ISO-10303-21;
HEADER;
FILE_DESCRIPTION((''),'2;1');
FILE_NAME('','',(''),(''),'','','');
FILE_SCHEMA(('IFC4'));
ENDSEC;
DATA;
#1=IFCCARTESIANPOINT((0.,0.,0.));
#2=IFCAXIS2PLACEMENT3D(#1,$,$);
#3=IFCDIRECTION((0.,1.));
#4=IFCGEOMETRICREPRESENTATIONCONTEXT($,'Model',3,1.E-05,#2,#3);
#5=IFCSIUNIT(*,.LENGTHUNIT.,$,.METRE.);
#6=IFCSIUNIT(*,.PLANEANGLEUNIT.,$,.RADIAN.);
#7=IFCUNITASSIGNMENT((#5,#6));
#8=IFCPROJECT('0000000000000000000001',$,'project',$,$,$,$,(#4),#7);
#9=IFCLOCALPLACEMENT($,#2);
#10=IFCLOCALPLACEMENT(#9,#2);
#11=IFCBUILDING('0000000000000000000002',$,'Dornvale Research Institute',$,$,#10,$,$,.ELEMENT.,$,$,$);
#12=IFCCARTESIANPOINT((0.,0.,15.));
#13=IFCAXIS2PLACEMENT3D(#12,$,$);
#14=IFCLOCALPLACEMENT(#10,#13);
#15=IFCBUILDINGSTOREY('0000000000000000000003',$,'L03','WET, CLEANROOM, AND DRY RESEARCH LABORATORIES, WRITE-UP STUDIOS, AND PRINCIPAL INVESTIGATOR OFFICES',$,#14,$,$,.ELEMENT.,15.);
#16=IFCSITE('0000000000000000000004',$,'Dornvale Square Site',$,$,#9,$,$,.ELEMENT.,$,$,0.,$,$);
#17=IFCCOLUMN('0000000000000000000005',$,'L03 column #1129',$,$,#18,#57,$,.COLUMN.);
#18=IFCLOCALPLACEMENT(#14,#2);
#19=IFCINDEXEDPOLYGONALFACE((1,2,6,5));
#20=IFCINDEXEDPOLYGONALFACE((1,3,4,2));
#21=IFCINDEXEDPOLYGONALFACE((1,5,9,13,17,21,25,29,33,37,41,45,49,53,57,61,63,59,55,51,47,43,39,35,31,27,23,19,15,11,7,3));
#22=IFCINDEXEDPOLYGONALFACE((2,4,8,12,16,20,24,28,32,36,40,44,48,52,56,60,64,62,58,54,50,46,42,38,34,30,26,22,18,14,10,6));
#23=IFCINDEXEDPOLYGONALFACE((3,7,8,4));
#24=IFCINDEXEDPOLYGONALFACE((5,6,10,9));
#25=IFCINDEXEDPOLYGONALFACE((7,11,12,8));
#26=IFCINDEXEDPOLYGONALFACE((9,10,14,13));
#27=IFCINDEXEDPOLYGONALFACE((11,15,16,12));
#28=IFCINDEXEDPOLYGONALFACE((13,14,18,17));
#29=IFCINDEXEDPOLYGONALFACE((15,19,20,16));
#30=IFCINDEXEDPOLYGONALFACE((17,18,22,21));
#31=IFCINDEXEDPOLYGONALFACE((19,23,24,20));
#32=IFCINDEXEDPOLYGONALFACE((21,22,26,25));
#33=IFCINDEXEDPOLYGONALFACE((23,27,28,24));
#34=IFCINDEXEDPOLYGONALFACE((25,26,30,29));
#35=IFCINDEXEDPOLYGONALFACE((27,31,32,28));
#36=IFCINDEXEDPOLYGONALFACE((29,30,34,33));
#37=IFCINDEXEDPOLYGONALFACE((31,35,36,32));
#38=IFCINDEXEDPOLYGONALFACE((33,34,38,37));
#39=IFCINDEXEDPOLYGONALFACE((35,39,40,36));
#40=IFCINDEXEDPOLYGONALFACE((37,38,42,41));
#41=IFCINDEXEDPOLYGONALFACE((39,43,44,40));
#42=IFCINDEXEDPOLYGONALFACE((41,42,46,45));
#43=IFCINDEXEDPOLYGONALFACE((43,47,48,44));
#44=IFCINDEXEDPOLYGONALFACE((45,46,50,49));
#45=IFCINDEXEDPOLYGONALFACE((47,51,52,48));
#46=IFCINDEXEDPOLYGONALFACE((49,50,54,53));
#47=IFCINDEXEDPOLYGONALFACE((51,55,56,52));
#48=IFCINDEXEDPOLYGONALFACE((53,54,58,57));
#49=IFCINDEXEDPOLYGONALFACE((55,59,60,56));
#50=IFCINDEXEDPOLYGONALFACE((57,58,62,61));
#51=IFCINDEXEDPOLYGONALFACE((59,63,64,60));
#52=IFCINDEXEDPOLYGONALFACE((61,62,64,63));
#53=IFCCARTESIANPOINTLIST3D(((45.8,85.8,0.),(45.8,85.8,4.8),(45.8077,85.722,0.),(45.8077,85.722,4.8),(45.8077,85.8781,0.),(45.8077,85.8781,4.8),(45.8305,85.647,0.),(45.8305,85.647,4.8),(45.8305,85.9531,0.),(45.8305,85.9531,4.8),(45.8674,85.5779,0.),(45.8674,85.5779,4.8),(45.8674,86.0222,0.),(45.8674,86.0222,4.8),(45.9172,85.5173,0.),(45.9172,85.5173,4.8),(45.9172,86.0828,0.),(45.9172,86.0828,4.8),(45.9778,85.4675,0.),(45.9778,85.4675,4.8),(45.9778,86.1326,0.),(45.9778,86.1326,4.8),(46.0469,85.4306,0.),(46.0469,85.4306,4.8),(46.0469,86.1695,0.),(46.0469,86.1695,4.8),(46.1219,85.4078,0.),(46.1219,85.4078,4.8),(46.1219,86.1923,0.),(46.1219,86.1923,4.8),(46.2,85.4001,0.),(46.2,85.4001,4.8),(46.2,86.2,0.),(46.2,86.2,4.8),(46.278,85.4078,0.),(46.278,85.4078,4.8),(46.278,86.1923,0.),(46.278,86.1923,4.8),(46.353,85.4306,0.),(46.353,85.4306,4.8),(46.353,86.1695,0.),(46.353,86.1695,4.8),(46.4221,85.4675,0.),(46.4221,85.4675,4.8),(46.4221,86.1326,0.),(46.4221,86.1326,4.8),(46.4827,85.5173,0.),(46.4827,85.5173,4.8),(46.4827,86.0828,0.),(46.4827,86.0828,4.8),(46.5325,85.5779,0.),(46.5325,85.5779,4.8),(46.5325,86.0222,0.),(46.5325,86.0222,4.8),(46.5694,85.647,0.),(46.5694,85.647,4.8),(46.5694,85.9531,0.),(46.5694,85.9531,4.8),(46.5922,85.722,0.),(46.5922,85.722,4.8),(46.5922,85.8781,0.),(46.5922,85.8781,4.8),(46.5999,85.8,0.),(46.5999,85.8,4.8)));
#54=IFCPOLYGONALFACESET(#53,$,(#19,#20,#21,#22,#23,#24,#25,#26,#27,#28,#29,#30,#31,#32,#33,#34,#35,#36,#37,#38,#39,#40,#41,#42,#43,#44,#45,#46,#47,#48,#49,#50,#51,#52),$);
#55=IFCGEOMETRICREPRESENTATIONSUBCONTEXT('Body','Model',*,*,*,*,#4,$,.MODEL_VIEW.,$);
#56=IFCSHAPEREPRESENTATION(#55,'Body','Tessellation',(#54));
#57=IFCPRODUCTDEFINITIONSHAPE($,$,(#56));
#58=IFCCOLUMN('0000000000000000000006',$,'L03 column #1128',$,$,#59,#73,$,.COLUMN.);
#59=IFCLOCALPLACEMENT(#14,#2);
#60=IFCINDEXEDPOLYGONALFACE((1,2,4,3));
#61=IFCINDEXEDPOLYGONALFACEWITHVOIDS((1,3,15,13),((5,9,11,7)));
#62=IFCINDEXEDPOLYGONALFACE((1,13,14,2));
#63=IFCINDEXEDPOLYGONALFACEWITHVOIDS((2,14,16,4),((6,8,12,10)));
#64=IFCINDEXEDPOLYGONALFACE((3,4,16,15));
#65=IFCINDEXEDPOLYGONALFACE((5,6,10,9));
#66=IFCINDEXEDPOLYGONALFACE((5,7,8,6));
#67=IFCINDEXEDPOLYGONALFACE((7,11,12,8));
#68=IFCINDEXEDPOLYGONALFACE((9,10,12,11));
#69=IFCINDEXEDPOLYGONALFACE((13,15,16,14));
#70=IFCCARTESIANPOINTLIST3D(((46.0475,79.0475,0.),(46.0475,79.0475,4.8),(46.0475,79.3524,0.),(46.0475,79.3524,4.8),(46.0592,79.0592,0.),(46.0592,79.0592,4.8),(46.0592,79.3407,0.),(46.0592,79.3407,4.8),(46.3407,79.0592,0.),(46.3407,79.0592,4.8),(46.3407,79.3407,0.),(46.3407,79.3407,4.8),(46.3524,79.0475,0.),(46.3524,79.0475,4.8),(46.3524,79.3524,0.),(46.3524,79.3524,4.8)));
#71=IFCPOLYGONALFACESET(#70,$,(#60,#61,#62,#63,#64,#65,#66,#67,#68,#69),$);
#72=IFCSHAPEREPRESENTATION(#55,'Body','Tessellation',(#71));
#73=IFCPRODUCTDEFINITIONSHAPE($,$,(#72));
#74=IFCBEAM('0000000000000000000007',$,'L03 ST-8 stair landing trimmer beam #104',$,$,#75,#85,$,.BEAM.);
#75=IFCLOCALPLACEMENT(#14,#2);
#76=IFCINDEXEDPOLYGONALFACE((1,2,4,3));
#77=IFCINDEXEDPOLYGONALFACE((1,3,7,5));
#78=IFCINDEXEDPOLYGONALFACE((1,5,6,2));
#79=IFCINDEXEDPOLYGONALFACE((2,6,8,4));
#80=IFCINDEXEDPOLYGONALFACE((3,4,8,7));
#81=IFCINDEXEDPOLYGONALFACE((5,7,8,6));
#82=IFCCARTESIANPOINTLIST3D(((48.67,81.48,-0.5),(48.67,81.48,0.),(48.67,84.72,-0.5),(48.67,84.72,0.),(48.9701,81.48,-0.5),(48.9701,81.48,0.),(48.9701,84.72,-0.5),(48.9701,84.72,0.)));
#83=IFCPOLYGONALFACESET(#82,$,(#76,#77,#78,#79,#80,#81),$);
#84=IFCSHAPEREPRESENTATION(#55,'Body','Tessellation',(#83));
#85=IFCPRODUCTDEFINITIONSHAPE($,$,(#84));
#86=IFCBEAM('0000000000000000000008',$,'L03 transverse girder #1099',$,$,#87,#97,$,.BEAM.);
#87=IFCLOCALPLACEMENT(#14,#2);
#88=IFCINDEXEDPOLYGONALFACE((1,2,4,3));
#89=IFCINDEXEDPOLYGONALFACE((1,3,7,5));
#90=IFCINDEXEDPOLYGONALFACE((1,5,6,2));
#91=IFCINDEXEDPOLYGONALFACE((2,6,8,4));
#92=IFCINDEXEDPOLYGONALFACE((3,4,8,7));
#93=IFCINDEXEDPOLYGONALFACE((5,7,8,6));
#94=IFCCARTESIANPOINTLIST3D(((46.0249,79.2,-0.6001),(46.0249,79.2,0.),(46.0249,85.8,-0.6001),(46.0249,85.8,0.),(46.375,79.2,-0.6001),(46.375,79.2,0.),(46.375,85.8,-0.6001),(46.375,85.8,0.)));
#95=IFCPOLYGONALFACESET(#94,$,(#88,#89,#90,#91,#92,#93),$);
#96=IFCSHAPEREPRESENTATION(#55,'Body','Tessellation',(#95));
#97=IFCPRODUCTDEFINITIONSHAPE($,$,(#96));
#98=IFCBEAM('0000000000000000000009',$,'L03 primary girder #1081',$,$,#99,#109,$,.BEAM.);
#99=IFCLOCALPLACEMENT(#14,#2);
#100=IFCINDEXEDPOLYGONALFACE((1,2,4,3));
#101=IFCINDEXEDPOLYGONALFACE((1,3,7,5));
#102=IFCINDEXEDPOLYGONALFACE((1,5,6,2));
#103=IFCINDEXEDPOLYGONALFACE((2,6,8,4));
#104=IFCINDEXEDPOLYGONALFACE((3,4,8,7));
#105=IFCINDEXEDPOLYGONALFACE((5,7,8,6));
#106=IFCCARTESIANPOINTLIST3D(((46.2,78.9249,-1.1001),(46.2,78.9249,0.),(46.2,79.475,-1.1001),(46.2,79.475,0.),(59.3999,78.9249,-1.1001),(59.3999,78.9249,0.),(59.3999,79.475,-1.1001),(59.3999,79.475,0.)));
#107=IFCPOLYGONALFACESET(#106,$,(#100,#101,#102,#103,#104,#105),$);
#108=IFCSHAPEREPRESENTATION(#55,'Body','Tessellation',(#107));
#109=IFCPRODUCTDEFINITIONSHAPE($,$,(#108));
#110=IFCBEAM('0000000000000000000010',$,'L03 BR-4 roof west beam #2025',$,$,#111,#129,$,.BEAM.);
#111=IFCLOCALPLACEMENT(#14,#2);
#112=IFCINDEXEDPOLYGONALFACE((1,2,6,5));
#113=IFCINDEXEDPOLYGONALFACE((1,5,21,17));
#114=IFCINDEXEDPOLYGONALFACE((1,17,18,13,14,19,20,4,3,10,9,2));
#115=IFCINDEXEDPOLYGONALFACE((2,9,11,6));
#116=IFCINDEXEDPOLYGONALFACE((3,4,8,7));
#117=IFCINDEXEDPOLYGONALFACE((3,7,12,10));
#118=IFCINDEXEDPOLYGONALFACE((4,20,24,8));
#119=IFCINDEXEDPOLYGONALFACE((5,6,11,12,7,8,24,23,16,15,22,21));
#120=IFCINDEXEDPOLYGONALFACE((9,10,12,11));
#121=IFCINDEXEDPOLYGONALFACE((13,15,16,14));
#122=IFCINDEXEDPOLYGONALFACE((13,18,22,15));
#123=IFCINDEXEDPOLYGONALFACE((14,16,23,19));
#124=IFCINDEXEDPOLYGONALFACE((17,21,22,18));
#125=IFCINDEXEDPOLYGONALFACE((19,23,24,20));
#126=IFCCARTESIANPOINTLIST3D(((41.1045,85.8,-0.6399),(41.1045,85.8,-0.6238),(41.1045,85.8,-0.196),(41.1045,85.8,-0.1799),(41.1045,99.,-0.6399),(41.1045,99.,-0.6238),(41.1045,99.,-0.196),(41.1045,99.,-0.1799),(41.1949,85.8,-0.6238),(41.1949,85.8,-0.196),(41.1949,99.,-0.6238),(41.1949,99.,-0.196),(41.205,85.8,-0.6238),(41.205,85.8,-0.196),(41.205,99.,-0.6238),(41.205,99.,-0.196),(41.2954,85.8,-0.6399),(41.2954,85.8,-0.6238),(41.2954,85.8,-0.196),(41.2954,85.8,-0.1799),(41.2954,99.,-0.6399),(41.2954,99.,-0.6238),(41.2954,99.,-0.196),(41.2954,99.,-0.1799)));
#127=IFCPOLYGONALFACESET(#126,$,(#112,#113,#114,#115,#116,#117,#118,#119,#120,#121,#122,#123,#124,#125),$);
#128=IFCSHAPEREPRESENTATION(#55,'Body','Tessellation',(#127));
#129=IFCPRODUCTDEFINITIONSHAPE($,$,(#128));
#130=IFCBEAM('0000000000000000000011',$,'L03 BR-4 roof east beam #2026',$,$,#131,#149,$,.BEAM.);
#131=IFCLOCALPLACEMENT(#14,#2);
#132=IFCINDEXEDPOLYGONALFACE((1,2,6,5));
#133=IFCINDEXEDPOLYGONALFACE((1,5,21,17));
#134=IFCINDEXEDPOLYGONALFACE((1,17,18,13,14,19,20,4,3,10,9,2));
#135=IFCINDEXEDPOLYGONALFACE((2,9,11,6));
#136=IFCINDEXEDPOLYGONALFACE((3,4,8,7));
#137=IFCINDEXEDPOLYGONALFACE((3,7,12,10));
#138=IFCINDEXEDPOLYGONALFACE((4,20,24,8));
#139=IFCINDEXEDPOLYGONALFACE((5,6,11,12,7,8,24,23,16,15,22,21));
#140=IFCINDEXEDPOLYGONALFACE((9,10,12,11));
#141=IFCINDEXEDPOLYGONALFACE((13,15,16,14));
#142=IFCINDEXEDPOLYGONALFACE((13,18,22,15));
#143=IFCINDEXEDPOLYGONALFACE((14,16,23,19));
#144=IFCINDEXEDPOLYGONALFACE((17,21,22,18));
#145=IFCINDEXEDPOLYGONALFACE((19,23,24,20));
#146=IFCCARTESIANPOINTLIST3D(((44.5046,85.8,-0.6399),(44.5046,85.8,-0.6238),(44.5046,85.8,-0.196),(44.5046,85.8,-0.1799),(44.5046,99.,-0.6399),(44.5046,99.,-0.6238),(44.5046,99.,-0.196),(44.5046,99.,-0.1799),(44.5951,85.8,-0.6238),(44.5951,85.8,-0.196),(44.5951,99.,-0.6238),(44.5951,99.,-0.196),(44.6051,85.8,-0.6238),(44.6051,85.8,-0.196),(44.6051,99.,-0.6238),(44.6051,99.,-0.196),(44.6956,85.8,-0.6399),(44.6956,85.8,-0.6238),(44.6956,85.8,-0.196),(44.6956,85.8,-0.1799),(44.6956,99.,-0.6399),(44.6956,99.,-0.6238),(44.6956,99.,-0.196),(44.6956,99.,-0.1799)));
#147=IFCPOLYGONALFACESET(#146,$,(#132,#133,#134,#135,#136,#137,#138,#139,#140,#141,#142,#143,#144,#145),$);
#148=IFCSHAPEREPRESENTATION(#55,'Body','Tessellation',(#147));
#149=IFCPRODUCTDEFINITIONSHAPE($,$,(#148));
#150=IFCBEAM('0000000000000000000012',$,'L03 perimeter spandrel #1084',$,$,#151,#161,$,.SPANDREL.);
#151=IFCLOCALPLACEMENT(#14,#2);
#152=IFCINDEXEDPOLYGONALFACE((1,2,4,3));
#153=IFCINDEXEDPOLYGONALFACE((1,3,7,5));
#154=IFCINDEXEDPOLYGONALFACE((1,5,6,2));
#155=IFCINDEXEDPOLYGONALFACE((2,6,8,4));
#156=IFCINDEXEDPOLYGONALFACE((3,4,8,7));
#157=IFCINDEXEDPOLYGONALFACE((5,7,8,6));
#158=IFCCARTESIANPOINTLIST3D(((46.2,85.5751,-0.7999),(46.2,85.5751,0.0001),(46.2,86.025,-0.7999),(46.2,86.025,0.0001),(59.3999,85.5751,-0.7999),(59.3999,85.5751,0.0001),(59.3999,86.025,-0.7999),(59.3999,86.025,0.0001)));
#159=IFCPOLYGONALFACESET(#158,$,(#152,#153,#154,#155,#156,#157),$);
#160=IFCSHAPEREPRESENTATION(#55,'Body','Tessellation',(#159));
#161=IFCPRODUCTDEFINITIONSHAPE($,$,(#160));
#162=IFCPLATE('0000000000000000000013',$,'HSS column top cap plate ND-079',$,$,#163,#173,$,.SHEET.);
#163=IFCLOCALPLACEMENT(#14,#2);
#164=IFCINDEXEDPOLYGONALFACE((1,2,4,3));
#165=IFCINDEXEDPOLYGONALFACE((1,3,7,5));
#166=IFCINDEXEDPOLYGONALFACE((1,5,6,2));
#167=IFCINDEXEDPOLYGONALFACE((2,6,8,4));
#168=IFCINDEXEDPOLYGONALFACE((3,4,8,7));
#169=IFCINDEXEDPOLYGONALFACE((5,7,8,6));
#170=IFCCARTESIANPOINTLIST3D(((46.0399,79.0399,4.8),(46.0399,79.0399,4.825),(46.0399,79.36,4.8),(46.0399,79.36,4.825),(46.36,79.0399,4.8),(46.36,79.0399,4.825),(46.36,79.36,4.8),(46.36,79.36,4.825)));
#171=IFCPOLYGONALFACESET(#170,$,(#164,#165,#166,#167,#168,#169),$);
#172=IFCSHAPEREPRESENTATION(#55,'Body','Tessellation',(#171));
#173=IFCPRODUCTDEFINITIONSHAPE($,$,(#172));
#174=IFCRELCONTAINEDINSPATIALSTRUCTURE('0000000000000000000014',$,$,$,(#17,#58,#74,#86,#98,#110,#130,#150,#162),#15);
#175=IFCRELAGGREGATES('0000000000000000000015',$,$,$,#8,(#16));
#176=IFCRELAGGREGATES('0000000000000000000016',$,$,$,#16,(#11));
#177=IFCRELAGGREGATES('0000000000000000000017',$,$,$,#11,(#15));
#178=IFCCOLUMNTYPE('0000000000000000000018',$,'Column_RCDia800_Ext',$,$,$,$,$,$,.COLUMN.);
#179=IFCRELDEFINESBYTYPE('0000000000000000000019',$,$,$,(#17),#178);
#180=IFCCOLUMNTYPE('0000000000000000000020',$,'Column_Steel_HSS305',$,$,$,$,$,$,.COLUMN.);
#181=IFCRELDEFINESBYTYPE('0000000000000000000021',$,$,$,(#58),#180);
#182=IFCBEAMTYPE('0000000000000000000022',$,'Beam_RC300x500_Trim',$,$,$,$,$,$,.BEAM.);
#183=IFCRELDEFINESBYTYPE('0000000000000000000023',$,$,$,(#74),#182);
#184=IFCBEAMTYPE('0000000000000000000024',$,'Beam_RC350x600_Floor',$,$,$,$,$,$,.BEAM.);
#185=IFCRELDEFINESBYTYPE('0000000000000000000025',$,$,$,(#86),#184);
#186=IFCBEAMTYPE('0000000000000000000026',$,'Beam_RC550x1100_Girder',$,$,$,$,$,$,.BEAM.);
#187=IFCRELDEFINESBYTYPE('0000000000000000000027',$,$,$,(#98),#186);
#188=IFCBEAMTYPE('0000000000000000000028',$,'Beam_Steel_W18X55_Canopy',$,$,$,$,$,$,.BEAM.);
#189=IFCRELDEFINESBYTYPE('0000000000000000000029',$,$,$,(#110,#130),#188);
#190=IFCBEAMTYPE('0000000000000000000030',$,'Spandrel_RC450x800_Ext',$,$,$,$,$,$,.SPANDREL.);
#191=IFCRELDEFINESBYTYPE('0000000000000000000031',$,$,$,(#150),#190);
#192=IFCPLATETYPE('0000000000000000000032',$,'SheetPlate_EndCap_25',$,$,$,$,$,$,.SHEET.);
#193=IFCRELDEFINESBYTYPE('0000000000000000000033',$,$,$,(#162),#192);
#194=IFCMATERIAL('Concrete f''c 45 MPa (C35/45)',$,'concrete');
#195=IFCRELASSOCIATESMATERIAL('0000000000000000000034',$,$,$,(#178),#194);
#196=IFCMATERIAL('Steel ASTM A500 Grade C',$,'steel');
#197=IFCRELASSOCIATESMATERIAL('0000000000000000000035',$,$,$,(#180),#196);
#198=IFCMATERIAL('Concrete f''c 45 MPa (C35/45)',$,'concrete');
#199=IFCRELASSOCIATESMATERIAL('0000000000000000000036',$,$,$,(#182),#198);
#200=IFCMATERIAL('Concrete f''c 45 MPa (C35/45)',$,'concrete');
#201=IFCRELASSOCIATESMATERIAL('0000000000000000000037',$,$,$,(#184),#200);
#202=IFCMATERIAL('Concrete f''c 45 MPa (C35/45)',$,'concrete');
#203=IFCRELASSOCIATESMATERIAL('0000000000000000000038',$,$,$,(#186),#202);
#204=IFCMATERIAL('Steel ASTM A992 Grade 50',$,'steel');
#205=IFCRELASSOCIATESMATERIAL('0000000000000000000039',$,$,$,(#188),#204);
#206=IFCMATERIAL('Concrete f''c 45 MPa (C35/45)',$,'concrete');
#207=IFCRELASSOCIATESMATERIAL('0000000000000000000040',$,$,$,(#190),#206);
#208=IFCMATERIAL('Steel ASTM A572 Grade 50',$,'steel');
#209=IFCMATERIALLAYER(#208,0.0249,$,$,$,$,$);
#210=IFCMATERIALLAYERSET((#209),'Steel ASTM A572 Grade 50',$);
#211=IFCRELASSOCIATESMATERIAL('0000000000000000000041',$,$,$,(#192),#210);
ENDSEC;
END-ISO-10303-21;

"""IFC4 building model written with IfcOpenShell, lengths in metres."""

from ifc_helpers import new_model, si_unit, direction, frame, origin, origin_2d, place, context, subcontext, project, spatial, rectangle, hollow_rectangle, circle, i_section, extrude, material, layer, layer_set, material_profile, profile_set, type_object, element, save


model = new_model("IFC4")

# Units and contexts
model_context = context("Model", 3, precision=1e-05, world=origin(), true_north=direction((0.0, 1.0)))
body_context = subcontext(model_context, "Body", "Model", "MODEL_VIEW")
ifc_project = project(units=[si_unit("LENGTHUNIT", "METRE"), si_unit("PLANEANGLEUNIT", "RADIAN")], contexts=[model_context])

# Site, building, storey
site_placement = place(None, origin())
site = spatial("IfcSite", under=ifc_project, at=site_placement, Name="Dornvale Square Site", CompositionType="ELEMENT", RefElevation=0.0)
building_placement = place(site_placement, origin())
building = spatial("IfcBuilding", under=site, at=building_placement, Name="Dornvale Research Institute", CompositionType="ELEMENT")
storey_placement = place(building_placement, frame((0.0, 0.0, 15.0)))
storey = spatial("IfcBuildingStorey", under=building, at=storey_placement, Name="L03", Description="WET, CLEANROOM, AND DRY RESEARCH LABORATORIES, WRITE-UP STUDIOS, AND PRINCIPAL INVESTIGATOR OFFICES", CompositionType="ELEMENT", Elevation=15.0)

# Columns
ifc_material_1 = material(Name="Concrete f'c 45 MPa (C35/45)", Category="concrete")
ifc_material_profile_1 = material_profile(ifc_material_1, circle(Radius=0.3999, at=origin_2d()), Name="RC DIA 800")
ifc_profile_set_1 = profile_set([ifc_material_profile_1], Name="Concrete f'c 45 MPa (C35/45)")
column_type_1 = type_object("IfcColumnType", Name="Column_RCDia800_Ext", PredefinedType="COLUMN", material=ifc_profile_set_1)
column_1_placement = place(storey_placement, frame((46.2, 85.8, 0.0), z_axis=(0.0, 0.0, 1.0), x_axis=(1.0, 0.0, 0.0)))
element("IfcColumn", 1, at=column_1_placement, inside=storey, type_object=column_type_1, Name="L03 column #1129", PredefinedType="COLUMN", context=body_context, shape_type="SweptSolid", body=[
    extrude(circle(Radius=0.3999, at=origin_2d()), origin(), (0.0, 0.0, 1.0), 4.8),
])
ifc_material_2 = material(Name="Steel ASTM A500 Grade C", Category="steel")
ifc_material_profile_2 = material_profile(ifc_material_2, hollow_rectangle(XDim=0.3049, YDim=0.3049, WallThickness=0.0117, at=origin_2d()), Name="HSS305X305X12.7")
ifc_profile_set_2 = profile_set([ifc_material_profile_2], Name="Steel ASTM A500 Grade C")
column_type_2 = type_object("IfcColumnType", Name="Column_Steel_HSS305", PredefinedType="COLUMN", material=ifc_profile_set_2)
column_2_placement = place(storey_placement, frame((46.2, 79.2, 0.0), z_axis=(0.0, 0.0, 1.0), x_axis=(1.0, 0.0, 0.0)))
element("IfcColumn", 2, at=column_2_placement, inside=storey, type_object=column_type_2, Name="L03 column #1128", PredefinedType="COLUMN", context=body_context, shape_type="SweptSolid", body=[
    extrude(hollow_rectangle(XDim=0.3049, YDim=0.3049, WallThickness=0.0117, at=origin_2d()), origin(), (0.0, 0.0, 1.0), 4.8),
])

# Beams
ifc_material_3 = material(Name="Concrete f'c 45 MPa (C35/45)", Category="concrete")
ifc_material_profile_3 = material_profile(ifc_material_3, rectangle(XDim=0.3, YDim=0.5, at=origin_2d()), Name="RC 300x500")
ifc_profile_set_3 = profile_set([ifc_material_profile_3], Name="Concrete f'c 45 MPa (C35/45)")
beam_type_1 = type_object("IfcBeamType", Name="Beam_RC300x500_Trim", PredefinedType="BEAM", material=ifc_profile_set_3)
beam_1_placement = place(storey_placement, frame((48.8201, 81.48, -0.25), z_axis=(0.0, 1.0, 0.0), x_axis=(-1.0, 0.0, 0.0)))
element("IfcBeam", 3, at=beam_1_placement, inside=storey, type_object=beam_type_1, Name="L03 ST-8 stair landing trimmer beam #104", PredefinedType="BEAM", context=body_context, shape_type="SweptSolid", body=[
    extrude(rectangle(XDim=0.3, YDim=0.5, at=origin_2d()), origin(), (0.0, 0.0, 1.0), 3.24),
])
ifc_material_4 = material(Name="Concrete f'c 45 MPa (C35/45)", Category="concrete")
ifc_material_profile_4 = material_profile(ifc_material_4, rectangle(XDim=0.3501, YDim=0.6001, at=origin_2d()), Name="RC 350x600")
ifc_profile_set_4 = profile_set([ifc_material_profile_4], Name="Concrete f'c 45 MPa (C35/45)")
beam_type_2 = type_object("IfcBeamType", Name="Beam_RC350x600_Floor", PredefinedType="BEAM", material=ifc_profile_set_4)
beam_2_placement = place(storey_placement, frame((46.2, 79.2, -0.3), z_axis=(0.0, 1.0, 0.0), x_axis=(-1.0, 0.0, 0.0)))
element("IfcBeam", 4, at=beam_2_placement, inside=storey, type_object=beam_type_2, Name="L03 transverse girder #1099", PredefinedType="BEAM", context=body_context, shape_type="SweptSolid", body=[
    extrude(rectangle(XDim=0.3501, YDim=0.6001, at=origin_2d()), origin(), (0.0, 0.0, 1.0), 6.6001),
])
ifc_material_5 = material(Name="Concrete f'c 45 MPa (C35/45)", Category="concrete")
ifc_material_profile_5 = material_profile(ifc_material_5, rectangle(XDim=0.55, YDim=1.1001, at=origin_2d()), Name="RC 550x1100")
ifc_profile_set_5 = profile_set([ifc_material_profile_5], Name="Concrete f'c 45 MPa (C35/45)")
beam_type_3 = type_object("IfcBeamType", Name="Beam_RC550x1100_Girder", PredefinedType="BEAM", material=ifc_profile_set_5)
beam_3_placement = place(storey_placement, frame((46.2, 79.2, -0.55), z_axis=(1.0, 0.0, 0.0), x_axis=(0.0, 1.0, 0.0)))
element("IfcBeam", 5, at=beam_3_placement, inside=storey, type_object=beam_type_3, Name="L03 primary girder #1081", PredefinedType="BEAM", context=body_context, shape_type="SweptSolid", body=[
    extrude(rectangle(XDim=0.55, YDim=1.1001, at=origin_2d()), origin(), (0.0, 0.0, 1.0), 13.2),
])
ifc_material_6 = material(Name="Steel ASTM A992 Grade 50", Category="steel")
ifc_material_profile_6 = material_profile(ifc_material_6, i_section(OverallWidth=0.1909, OverallDepth=0.46, WebThickness=0.01, FlangeThickness=0.0161, at=origin_2d()), Name="W18X55")
ifc_profile_set_6 = profile_set([ifc_material_profile_6], Name="Steel ASTM A992 Grade 50")
beam_type_4 = type_object("IfcBeamType", Name="Beam_Steel_W18X55_Canopy", PredefinedType="BEAM", material=ifc_profile_set_6)
for number, where, z_axis, x_axis, name in (
    (6, (41.2, 85.8, -0.4099), (0.0, 1.0, 0.0), (-1.0, 0.0, 0.0), "L03 BR-4 roof west beam #2025"),
    (7, (44.6001, 85.8, -0.4099), (0.0, 1.0, 0.0), (-1.0, 0.0, 0.0), "L03 BR-4 roof east beam #2026"),
):
    element("IfcBeam", number, at=place(storey_placement, frame(where, z_axis=z_axis, x_axis=x_axis)), inside=storey, type_object=beam_type_4, Name=name, PredefinedType="BEAM", context=body_context, shape_type="SweptSolid", body=[
        extrude(i_section(OverallWidth=0.1909, OverallDepth=0.46, WebThickness=0.01, FlangeThickness=0.0161, at=origin_2d()), origin(), (0.0, 0.0, 1.0), 13.2),
    ])
ifc_material_7 = material(Name="Concrete f'c 45 MPa (C35/45)", Category="concrete")
ifc_material_profile_7 = material_profile(ifc_material_7, rectangle(XDim=0.45, YDim=0.8, at=origin_2d()), Name="RC 450x800")
ifc_profile_set_7 = profile_set([ifc_material_profile_7], Name="Concrete f'c 45 MPa (C35/45)")
beam_type_5 = type_object("IfcBeamType", Name="Spandrel_RC450x800_Ext", PredefinedType="SPANDREL", material=ifc_profile_set_7)
beam_4_placement = place(storey_placement, frame((46.2, 85.8, -0.3999), z_axis=(1.0, 0.0, 0.0), x_axis=(0.0, 1.0, 0.0)))
element("IfcBeam", 8, at=beam_4_placement, inside=storey, type_object=beam_type_5, Name="L03 perimeter spandrel #1084", PredefinedType="SPANDREL", context=body_context, shape_type="SweptSolid", body=[
    extrude(rectangle(XDim=0.45, YDim=0.8, at=origin_2d()), origin(), (0.0, 0.0, 1.0), 13.2),
])

# Plate
ifc_material_8 = material(Name="Steel ASTM A572 Grade 50", Category="steel")
ifc_layer_1 = layer(ifc_material_8, 0.0249)
ifc_layer_set_1 = layer_set([ifc_layer_1], Name="Steel ASTM A572 Grade 50")
plate_type = type_object("IfcPlateType", Name="SheetPlate_EndCap_25", PredefinedType="SHEET", material=ifc_layer_set_1)
plate_placement = place(storey_placement, frame((46.2, 79.2, 4.8), z_axis=(0.0, 0.0, 1.0), x_axis=(1.0, 0.0, 0.0)))
element("IfcPlate", 9, at=plate_placement, inside=storey, type_object=plate_type, Name="HSS column top cap plate ND-079", PredefinedType="SHEET", context=body_context, shape_type="SweptSolid", body=[
    extrude(rectangle(XDim=0.3201, YDim=0.3201, at=origin_2d()), origin(), (0.0, 0.0, 1.0), 0.0249),
])

save(model, "model.ifc")
